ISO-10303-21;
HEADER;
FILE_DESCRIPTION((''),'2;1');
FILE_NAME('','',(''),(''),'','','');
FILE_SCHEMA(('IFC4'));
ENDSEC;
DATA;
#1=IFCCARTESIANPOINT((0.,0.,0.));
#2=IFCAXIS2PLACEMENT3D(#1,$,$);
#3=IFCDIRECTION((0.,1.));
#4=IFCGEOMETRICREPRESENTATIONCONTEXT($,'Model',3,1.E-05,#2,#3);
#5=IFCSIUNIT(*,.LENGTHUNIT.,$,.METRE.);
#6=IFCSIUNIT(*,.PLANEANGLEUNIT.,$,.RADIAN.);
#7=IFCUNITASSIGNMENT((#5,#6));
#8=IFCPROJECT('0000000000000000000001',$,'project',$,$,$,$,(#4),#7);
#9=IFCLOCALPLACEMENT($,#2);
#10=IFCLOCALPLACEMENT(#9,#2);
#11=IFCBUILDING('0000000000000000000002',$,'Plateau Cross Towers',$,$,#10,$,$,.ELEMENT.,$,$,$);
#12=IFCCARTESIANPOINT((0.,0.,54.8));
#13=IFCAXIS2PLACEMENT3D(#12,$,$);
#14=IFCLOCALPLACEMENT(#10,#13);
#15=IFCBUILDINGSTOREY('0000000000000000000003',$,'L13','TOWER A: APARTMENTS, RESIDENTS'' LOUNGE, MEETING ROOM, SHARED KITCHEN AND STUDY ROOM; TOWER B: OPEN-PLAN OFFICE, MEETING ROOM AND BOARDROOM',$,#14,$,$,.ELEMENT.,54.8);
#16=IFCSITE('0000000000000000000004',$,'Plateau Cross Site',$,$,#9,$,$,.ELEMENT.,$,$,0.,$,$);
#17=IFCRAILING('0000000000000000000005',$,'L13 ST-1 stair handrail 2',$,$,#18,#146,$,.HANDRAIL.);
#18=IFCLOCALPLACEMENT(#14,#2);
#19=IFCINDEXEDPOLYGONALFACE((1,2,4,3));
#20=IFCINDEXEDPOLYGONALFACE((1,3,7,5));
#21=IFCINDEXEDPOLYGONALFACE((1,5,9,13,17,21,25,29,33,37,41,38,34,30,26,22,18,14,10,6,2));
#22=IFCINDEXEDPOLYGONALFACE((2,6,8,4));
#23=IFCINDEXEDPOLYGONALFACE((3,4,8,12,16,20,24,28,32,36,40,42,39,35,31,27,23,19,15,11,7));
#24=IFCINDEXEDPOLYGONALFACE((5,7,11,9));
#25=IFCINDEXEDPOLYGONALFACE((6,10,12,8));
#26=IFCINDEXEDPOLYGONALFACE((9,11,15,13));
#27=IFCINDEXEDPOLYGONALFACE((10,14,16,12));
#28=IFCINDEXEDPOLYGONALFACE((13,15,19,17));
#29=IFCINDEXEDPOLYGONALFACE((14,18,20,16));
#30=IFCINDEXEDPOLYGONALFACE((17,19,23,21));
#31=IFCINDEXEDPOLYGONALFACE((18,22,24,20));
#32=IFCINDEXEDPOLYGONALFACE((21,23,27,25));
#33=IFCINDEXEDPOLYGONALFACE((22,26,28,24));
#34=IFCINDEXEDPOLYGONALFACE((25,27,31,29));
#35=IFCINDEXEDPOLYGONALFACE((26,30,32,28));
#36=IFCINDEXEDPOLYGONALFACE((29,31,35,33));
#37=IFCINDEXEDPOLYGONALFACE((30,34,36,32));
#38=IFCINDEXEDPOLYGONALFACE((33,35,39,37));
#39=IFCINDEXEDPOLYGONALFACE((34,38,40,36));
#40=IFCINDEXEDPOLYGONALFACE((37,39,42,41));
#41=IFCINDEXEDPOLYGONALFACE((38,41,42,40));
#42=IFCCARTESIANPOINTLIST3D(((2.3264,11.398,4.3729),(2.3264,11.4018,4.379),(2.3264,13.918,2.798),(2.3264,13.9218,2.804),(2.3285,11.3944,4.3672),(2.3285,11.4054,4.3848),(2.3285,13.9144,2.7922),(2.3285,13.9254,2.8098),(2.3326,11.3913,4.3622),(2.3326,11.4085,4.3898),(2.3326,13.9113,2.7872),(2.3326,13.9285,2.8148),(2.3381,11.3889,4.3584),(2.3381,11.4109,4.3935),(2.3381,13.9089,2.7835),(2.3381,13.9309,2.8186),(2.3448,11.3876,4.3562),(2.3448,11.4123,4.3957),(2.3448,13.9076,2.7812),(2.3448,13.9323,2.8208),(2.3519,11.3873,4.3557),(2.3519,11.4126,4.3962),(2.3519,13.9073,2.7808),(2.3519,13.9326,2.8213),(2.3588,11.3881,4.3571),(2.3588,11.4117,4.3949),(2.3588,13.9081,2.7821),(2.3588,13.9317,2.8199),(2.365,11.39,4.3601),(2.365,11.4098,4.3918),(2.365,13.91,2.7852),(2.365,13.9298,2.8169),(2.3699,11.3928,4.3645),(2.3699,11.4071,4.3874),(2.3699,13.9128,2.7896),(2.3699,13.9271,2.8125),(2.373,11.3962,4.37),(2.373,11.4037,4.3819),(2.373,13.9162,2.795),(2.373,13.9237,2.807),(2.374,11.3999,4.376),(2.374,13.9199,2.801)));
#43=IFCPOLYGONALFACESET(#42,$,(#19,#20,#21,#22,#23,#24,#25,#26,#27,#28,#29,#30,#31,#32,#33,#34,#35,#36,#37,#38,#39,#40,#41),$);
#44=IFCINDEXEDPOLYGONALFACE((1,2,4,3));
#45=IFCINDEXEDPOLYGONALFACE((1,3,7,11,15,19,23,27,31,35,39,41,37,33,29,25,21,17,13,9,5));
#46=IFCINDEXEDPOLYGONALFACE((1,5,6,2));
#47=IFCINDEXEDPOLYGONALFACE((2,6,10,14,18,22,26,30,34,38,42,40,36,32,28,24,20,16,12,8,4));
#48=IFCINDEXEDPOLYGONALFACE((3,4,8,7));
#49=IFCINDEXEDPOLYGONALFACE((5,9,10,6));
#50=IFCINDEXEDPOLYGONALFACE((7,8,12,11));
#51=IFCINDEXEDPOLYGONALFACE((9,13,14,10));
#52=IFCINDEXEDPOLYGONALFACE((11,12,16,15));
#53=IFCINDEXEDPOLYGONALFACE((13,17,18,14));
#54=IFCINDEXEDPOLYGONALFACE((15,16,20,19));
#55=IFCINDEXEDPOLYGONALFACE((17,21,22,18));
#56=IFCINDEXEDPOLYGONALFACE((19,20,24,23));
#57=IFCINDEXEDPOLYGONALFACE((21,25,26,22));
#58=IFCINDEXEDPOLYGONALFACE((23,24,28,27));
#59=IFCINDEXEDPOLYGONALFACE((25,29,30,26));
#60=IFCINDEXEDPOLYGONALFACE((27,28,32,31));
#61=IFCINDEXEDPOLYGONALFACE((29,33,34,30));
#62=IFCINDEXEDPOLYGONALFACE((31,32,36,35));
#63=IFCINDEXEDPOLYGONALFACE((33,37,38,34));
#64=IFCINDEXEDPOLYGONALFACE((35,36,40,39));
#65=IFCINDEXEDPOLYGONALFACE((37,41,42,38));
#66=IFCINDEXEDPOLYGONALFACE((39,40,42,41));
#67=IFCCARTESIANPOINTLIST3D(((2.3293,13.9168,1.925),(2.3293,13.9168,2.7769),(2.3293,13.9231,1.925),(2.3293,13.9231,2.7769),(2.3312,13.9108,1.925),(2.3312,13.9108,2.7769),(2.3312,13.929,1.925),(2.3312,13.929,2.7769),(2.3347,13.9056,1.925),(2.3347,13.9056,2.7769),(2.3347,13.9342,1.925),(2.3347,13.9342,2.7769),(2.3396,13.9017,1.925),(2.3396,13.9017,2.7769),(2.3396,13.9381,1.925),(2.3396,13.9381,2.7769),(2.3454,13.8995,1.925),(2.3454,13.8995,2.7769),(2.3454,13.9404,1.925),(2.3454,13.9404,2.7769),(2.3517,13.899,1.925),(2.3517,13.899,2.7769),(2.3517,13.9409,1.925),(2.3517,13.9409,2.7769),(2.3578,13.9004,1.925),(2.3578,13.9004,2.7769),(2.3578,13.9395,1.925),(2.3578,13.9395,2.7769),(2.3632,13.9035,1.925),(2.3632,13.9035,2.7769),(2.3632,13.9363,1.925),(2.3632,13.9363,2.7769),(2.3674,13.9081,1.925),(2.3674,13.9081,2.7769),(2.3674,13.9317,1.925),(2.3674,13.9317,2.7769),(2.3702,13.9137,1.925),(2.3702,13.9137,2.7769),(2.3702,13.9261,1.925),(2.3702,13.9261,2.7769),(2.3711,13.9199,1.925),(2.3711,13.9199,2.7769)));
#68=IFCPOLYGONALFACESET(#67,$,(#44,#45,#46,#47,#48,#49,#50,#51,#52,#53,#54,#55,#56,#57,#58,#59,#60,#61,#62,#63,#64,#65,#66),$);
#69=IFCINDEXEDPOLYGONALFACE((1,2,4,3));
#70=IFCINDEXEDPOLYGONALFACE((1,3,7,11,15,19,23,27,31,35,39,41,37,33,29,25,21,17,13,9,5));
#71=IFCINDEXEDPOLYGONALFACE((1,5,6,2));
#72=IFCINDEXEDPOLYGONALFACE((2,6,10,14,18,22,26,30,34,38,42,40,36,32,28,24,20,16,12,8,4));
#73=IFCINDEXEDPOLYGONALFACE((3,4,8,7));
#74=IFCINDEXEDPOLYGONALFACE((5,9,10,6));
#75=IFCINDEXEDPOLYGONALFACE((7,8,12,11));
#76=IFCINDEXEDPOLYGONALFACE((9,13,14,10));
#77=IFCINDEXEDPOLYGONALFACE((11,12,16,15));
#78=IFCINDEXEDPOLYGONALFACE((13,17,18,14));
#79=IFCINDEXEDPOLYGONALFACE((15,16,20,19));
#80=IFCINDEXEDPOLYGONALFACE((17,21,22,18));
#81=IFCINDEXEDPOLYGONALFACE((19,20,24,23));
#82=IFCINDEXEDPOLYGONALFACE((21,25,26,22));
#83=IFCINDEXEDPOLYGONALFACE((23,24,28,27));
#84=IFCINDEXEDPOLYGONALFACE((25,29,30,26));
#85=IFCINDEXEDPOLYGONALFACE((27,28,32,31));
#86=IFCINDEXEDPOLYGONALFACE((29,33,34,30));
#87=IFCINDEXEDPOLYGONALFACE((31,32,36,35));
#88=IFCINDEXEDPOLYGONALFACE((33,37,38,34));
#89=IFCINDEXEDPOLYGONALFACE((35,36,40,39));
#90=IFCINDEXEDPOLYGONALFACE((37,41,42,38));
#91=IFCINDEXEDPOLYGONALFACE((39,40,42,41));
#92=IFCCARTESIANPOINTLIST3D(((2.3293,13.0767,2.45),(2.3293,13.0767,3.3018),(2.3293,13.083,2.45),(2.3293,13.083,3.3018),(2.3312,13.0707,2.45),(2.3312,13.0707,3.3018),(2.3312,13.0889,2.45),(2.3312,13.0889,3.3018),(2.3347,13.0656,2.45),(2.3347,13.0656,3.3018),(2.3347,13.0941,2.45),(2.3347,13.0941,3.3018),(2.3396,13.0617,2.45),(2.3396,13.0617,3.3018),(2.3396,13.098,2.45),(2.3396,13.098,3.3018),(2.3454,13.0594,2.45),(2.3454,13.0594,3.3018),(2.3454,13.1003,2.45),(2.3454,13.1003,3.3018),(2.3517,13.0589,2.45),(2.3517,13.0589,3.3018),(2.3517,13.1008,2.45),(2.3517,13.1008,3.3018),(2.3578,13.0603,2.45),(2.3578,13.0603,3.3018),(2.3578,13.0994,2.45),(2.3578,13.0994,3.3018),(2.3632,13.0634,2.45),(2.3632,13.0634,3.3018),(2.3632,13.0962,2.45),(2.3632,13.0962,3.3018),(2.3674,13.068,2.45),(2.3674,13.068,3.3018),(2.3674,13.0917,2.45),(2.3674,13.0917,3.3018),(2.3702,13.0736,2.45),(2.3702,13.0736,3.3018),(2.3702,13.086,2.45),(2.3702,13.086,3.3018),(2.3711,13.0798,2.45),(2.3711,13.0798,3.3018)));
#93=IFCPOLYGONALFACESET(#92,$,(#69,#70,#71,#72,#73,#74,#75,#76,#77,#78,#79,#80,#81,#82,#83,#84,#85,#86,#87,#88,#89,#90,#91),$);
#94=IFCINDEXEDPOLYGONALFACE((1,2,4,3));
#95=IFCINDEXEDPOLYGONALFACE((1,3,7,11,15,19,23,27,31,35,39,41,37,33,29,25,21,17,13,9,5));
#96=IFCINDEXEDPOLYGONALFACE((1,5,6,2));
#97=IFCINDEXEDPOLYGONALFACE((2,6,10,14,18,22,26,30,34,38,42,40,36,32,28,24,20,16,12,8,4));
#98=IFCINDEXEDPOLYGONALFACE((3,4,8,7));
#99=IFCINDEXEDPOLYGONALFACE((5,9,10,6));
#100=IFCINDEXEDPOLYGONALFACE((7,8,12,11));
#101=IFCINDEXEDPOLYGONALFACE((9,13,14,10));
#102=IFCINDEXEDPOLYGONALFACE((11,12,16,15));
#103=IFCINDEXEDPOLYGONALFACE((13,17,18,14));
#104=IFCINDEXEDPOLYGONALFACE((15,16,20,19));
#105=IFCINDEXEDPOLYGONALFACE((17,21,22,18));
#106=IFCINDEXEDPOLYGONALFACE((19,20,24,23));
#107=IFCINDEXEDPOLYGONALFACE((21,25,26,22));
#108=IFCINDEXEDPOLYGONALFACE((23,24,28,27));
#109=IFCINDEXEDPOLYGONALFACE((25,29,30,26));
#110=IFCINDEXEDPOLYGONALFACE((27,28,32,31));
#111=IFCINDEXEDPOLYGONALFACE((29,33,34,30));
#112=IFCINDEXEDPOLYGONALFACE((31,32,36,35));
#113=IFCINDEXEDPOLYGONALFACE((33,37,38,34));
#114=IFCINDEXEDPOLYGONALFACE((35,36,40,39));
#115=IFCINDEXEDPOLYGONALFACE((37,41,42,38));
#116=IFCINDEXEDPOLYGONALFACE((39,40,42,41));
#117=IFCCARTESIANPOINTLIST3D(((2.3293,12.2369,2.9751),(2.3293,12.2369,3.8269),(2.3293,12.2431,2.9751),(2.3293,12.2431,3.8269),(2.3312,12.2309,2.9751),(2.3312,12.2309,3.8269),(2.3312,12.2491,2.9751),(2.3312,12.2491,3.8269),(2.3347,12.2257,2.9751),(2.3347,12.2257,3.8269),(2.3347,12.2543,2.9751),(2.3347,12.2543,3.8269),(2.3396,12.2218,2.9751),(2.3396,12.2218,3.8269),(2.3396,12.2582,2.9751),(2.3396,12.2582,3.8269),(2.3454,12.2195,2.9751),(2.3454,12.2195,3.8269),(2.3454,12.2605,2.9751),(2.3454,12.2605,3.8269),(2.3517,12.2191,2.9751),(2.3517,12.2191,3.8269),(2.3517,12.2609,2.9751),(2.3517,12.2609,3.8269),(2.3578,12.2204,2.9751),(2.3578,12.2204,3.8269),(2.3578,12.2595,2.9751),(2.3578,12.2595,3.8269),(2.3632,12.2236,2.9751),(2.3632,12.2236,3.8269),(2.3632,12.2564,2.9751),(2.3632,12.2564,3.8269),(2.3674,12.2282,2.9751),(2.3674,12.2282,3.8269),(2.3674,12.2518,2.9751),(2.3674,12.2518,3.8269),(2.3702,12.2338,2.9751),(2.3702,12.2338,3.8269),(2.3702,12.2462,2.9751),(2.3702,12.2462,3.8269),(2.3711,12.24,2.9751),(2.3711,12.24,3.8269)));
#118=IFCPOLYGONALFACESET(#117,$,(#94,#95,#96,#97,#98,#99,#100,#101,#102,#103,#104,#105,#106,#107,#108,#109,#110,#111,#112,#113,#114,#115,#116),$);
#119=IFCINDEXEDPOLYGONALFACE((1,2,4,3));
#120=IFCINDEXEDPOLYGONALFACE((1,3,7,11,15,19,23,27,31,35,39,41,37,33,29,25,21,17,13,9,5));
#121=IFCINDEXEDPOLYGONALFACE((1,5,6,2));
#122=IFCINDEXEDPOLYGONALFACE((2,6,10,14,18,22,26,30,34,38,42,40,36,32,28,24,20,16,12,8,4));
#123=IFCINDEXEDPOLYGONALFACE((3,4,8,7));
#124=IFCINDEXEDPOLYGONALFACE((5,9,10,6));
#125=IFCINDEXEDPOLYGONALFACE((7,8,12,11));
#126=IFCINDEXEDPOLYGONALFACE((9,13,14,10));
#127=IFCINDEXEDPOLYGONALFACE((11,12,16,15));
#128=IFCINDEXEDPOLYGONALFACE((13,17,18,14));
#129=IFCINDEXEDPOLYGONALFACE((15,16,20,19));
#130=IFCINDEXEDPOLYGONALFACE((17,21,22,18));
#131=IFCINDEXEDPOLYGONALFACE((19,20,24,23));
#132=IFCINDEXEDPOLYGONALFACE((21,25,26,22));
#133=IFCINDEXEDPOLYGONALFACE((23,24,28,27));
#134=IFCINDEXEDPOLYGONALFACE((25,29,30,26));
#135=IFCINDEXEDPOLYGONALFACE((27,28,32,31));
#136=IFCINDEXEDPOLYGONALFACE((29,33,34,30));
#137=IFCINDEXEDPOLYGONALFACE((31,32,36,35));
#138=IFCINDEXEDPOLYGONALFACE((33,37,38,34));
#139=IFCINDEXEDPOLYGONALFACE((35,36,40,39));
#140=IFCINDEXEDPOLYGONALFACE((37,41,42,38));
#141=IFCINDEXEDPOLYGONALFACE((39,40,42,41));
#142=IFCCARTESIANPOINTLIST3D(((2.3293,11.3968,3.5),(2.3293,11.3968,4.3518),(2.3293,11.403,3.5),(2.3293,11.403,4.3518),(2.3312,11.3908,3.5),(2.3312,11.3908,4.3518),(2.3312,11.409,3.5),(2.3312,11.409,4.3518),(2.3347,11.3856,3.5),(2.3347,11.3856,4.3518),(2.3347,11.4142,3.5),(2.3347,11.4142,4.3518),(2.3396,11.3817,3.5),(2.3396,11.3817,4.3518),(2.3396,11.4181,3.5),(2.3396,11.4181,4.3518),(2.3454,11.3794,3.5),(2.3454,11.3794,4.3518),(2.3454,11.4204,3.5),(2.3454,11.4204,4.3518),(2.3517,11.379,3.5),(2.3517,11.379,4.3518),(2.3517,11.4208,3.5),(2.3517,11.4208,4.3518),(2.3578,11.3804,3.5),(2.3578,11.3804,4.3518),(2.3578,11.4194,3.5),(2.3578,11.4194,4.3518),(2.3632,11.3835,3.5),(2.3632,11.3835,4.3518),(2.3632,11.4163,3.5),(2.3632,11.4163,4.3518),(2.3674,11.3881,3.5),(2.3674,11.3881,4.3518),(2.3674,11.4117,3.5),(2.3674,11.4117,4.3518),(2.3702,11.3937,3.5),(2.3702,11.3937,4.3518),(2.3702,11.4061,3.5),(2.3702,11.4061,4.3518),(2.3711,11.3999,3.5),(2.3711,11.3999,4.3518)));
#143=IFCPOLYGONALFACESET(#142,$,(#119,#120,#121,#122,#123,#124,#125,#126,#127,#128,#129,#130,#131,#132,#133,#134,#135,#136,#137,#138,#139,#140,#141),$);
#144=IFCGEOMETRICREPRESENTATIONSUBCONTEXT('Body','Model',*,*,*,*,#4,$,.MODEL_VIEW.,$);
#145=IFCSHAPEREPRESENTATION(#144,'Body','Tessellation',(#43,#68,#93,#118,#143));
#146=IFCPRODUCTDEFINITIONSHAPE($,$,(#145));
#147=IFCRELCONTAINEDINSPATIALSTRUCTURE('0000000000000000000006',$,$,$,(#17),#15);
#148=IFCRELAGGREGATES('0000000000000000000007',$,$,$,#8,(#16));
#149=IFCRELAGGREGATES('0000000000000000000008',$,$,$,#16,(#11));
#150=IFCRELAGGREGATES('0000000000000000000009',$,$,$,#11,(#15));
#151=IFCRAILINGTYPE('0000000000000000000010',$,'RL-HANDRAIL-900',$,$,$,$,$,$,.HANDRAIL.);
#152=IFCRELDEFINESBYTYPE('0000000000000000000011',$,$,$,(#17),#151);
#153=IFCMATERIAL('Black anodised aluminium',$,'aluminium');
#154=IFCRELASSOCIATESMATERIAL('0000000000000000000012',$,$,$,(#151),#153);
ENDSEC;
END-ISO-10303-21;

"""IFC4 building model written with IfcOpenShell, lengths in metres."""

from ifc_helpers import new_model, si_unit, direction, frame, origin, origin_2d, place, context, subcontext, project, spatial, circle, extrude, material, type_object, element, save


model = new_model("IFC4")

# Units and contexts
model_context = context("Model", 3, precision=1e-05, world=origin(), true_north=direction((0.0, 1.0)))
body_context = subcontext(model_context, "Body", "Model", "MODEL_VIEW")
ifc_project = project(units=[si_unit("LENGTHUNIT", "METRE"), si_unit("PLANEANGLEUNIT", "RADIAN")], contexts=[model_context])

# Site, building, storey
site_placement = place(None, origin())
site = spatial("IfcSite", under=ifc_project, at=site_placement, Name="Plateau Cross Site", CompositionType="ELEMENT", RefElevation=0.0)
building_placement = place(site_placement, origin())
building = spatial("IfcBuilding", under=site, at=building_placement, Name="Plateau Cross Towers", CompositionType="ELEMENT")
storey_placement = place(building_placement, frame((0.0, 0.0, 54.8)))
storey = spatial("IfcBuildingStorey", under=building, at=storey_placement, Name="L13", Description="TOWER A: APARTMENTS, RESIDENTS' LOUNGE, MEETING ROOM, SHARED KITCHEN AND STUDY ROOM; TOWER B: OPEN-PLAN OFFICE, MEETING ROOM AND BOARDROOM", CompositionType="ELEMENT", Elevation=54.8)

# Shared definitions
ifc_material_1 = material(Name="Black anodised aluminium", Category="aluminium")

# Railing
railing_type_1 = type_object("IfcRailingType", Name="RL-HANDRAIL-900", PredefinedType="HANDRAIL", material=ifc_material_1)
railing_1_placement = place(storey_placement, frame((2.3501, 13.9199, 1.925)))
element("IfcRailing", 1, at=railing_1_placement, inside=storey, type_object=railing_type_1, Name="L13 ST-1 stair handrail 2", PredefinedType="HANDRAIL", context=body_context, shape_type="SweptSolid", body=[
    extrude(circle(Radius=0.0239, at=origin_2d()), frame((0.0, 0.0, 0.876), z_axis=(0.0, -0.848008, 0.529984), x_axis=(1.0, 0.0, 0.0)), (0.0, 0.0, 1.0), 2.9717),
    extrude(circle(Radius=0.021, at=origin_2d()), origin(), (0.0, 0.0, 1.0), 0.8518),
    extrude(circle(Radius=0.021, at=origin_2d()), frame((0.0, -0.8401, 0.5249)), (0.0, 0.0, 1.0), 0.8518),
    extrude(circle(Radius=0.021, at=origin_2d()), frame((0.0, -1.6799, 1.05)), (0.0, 0.0, 1.0), 0.8518),
    extrude(circle(Radius=0.021, at=origin_2d()), frame((0.0, -2.52, 1.575)), (0.0, 0.0, 1.0), 0.8518),
])

save(model, "model.ifc")
